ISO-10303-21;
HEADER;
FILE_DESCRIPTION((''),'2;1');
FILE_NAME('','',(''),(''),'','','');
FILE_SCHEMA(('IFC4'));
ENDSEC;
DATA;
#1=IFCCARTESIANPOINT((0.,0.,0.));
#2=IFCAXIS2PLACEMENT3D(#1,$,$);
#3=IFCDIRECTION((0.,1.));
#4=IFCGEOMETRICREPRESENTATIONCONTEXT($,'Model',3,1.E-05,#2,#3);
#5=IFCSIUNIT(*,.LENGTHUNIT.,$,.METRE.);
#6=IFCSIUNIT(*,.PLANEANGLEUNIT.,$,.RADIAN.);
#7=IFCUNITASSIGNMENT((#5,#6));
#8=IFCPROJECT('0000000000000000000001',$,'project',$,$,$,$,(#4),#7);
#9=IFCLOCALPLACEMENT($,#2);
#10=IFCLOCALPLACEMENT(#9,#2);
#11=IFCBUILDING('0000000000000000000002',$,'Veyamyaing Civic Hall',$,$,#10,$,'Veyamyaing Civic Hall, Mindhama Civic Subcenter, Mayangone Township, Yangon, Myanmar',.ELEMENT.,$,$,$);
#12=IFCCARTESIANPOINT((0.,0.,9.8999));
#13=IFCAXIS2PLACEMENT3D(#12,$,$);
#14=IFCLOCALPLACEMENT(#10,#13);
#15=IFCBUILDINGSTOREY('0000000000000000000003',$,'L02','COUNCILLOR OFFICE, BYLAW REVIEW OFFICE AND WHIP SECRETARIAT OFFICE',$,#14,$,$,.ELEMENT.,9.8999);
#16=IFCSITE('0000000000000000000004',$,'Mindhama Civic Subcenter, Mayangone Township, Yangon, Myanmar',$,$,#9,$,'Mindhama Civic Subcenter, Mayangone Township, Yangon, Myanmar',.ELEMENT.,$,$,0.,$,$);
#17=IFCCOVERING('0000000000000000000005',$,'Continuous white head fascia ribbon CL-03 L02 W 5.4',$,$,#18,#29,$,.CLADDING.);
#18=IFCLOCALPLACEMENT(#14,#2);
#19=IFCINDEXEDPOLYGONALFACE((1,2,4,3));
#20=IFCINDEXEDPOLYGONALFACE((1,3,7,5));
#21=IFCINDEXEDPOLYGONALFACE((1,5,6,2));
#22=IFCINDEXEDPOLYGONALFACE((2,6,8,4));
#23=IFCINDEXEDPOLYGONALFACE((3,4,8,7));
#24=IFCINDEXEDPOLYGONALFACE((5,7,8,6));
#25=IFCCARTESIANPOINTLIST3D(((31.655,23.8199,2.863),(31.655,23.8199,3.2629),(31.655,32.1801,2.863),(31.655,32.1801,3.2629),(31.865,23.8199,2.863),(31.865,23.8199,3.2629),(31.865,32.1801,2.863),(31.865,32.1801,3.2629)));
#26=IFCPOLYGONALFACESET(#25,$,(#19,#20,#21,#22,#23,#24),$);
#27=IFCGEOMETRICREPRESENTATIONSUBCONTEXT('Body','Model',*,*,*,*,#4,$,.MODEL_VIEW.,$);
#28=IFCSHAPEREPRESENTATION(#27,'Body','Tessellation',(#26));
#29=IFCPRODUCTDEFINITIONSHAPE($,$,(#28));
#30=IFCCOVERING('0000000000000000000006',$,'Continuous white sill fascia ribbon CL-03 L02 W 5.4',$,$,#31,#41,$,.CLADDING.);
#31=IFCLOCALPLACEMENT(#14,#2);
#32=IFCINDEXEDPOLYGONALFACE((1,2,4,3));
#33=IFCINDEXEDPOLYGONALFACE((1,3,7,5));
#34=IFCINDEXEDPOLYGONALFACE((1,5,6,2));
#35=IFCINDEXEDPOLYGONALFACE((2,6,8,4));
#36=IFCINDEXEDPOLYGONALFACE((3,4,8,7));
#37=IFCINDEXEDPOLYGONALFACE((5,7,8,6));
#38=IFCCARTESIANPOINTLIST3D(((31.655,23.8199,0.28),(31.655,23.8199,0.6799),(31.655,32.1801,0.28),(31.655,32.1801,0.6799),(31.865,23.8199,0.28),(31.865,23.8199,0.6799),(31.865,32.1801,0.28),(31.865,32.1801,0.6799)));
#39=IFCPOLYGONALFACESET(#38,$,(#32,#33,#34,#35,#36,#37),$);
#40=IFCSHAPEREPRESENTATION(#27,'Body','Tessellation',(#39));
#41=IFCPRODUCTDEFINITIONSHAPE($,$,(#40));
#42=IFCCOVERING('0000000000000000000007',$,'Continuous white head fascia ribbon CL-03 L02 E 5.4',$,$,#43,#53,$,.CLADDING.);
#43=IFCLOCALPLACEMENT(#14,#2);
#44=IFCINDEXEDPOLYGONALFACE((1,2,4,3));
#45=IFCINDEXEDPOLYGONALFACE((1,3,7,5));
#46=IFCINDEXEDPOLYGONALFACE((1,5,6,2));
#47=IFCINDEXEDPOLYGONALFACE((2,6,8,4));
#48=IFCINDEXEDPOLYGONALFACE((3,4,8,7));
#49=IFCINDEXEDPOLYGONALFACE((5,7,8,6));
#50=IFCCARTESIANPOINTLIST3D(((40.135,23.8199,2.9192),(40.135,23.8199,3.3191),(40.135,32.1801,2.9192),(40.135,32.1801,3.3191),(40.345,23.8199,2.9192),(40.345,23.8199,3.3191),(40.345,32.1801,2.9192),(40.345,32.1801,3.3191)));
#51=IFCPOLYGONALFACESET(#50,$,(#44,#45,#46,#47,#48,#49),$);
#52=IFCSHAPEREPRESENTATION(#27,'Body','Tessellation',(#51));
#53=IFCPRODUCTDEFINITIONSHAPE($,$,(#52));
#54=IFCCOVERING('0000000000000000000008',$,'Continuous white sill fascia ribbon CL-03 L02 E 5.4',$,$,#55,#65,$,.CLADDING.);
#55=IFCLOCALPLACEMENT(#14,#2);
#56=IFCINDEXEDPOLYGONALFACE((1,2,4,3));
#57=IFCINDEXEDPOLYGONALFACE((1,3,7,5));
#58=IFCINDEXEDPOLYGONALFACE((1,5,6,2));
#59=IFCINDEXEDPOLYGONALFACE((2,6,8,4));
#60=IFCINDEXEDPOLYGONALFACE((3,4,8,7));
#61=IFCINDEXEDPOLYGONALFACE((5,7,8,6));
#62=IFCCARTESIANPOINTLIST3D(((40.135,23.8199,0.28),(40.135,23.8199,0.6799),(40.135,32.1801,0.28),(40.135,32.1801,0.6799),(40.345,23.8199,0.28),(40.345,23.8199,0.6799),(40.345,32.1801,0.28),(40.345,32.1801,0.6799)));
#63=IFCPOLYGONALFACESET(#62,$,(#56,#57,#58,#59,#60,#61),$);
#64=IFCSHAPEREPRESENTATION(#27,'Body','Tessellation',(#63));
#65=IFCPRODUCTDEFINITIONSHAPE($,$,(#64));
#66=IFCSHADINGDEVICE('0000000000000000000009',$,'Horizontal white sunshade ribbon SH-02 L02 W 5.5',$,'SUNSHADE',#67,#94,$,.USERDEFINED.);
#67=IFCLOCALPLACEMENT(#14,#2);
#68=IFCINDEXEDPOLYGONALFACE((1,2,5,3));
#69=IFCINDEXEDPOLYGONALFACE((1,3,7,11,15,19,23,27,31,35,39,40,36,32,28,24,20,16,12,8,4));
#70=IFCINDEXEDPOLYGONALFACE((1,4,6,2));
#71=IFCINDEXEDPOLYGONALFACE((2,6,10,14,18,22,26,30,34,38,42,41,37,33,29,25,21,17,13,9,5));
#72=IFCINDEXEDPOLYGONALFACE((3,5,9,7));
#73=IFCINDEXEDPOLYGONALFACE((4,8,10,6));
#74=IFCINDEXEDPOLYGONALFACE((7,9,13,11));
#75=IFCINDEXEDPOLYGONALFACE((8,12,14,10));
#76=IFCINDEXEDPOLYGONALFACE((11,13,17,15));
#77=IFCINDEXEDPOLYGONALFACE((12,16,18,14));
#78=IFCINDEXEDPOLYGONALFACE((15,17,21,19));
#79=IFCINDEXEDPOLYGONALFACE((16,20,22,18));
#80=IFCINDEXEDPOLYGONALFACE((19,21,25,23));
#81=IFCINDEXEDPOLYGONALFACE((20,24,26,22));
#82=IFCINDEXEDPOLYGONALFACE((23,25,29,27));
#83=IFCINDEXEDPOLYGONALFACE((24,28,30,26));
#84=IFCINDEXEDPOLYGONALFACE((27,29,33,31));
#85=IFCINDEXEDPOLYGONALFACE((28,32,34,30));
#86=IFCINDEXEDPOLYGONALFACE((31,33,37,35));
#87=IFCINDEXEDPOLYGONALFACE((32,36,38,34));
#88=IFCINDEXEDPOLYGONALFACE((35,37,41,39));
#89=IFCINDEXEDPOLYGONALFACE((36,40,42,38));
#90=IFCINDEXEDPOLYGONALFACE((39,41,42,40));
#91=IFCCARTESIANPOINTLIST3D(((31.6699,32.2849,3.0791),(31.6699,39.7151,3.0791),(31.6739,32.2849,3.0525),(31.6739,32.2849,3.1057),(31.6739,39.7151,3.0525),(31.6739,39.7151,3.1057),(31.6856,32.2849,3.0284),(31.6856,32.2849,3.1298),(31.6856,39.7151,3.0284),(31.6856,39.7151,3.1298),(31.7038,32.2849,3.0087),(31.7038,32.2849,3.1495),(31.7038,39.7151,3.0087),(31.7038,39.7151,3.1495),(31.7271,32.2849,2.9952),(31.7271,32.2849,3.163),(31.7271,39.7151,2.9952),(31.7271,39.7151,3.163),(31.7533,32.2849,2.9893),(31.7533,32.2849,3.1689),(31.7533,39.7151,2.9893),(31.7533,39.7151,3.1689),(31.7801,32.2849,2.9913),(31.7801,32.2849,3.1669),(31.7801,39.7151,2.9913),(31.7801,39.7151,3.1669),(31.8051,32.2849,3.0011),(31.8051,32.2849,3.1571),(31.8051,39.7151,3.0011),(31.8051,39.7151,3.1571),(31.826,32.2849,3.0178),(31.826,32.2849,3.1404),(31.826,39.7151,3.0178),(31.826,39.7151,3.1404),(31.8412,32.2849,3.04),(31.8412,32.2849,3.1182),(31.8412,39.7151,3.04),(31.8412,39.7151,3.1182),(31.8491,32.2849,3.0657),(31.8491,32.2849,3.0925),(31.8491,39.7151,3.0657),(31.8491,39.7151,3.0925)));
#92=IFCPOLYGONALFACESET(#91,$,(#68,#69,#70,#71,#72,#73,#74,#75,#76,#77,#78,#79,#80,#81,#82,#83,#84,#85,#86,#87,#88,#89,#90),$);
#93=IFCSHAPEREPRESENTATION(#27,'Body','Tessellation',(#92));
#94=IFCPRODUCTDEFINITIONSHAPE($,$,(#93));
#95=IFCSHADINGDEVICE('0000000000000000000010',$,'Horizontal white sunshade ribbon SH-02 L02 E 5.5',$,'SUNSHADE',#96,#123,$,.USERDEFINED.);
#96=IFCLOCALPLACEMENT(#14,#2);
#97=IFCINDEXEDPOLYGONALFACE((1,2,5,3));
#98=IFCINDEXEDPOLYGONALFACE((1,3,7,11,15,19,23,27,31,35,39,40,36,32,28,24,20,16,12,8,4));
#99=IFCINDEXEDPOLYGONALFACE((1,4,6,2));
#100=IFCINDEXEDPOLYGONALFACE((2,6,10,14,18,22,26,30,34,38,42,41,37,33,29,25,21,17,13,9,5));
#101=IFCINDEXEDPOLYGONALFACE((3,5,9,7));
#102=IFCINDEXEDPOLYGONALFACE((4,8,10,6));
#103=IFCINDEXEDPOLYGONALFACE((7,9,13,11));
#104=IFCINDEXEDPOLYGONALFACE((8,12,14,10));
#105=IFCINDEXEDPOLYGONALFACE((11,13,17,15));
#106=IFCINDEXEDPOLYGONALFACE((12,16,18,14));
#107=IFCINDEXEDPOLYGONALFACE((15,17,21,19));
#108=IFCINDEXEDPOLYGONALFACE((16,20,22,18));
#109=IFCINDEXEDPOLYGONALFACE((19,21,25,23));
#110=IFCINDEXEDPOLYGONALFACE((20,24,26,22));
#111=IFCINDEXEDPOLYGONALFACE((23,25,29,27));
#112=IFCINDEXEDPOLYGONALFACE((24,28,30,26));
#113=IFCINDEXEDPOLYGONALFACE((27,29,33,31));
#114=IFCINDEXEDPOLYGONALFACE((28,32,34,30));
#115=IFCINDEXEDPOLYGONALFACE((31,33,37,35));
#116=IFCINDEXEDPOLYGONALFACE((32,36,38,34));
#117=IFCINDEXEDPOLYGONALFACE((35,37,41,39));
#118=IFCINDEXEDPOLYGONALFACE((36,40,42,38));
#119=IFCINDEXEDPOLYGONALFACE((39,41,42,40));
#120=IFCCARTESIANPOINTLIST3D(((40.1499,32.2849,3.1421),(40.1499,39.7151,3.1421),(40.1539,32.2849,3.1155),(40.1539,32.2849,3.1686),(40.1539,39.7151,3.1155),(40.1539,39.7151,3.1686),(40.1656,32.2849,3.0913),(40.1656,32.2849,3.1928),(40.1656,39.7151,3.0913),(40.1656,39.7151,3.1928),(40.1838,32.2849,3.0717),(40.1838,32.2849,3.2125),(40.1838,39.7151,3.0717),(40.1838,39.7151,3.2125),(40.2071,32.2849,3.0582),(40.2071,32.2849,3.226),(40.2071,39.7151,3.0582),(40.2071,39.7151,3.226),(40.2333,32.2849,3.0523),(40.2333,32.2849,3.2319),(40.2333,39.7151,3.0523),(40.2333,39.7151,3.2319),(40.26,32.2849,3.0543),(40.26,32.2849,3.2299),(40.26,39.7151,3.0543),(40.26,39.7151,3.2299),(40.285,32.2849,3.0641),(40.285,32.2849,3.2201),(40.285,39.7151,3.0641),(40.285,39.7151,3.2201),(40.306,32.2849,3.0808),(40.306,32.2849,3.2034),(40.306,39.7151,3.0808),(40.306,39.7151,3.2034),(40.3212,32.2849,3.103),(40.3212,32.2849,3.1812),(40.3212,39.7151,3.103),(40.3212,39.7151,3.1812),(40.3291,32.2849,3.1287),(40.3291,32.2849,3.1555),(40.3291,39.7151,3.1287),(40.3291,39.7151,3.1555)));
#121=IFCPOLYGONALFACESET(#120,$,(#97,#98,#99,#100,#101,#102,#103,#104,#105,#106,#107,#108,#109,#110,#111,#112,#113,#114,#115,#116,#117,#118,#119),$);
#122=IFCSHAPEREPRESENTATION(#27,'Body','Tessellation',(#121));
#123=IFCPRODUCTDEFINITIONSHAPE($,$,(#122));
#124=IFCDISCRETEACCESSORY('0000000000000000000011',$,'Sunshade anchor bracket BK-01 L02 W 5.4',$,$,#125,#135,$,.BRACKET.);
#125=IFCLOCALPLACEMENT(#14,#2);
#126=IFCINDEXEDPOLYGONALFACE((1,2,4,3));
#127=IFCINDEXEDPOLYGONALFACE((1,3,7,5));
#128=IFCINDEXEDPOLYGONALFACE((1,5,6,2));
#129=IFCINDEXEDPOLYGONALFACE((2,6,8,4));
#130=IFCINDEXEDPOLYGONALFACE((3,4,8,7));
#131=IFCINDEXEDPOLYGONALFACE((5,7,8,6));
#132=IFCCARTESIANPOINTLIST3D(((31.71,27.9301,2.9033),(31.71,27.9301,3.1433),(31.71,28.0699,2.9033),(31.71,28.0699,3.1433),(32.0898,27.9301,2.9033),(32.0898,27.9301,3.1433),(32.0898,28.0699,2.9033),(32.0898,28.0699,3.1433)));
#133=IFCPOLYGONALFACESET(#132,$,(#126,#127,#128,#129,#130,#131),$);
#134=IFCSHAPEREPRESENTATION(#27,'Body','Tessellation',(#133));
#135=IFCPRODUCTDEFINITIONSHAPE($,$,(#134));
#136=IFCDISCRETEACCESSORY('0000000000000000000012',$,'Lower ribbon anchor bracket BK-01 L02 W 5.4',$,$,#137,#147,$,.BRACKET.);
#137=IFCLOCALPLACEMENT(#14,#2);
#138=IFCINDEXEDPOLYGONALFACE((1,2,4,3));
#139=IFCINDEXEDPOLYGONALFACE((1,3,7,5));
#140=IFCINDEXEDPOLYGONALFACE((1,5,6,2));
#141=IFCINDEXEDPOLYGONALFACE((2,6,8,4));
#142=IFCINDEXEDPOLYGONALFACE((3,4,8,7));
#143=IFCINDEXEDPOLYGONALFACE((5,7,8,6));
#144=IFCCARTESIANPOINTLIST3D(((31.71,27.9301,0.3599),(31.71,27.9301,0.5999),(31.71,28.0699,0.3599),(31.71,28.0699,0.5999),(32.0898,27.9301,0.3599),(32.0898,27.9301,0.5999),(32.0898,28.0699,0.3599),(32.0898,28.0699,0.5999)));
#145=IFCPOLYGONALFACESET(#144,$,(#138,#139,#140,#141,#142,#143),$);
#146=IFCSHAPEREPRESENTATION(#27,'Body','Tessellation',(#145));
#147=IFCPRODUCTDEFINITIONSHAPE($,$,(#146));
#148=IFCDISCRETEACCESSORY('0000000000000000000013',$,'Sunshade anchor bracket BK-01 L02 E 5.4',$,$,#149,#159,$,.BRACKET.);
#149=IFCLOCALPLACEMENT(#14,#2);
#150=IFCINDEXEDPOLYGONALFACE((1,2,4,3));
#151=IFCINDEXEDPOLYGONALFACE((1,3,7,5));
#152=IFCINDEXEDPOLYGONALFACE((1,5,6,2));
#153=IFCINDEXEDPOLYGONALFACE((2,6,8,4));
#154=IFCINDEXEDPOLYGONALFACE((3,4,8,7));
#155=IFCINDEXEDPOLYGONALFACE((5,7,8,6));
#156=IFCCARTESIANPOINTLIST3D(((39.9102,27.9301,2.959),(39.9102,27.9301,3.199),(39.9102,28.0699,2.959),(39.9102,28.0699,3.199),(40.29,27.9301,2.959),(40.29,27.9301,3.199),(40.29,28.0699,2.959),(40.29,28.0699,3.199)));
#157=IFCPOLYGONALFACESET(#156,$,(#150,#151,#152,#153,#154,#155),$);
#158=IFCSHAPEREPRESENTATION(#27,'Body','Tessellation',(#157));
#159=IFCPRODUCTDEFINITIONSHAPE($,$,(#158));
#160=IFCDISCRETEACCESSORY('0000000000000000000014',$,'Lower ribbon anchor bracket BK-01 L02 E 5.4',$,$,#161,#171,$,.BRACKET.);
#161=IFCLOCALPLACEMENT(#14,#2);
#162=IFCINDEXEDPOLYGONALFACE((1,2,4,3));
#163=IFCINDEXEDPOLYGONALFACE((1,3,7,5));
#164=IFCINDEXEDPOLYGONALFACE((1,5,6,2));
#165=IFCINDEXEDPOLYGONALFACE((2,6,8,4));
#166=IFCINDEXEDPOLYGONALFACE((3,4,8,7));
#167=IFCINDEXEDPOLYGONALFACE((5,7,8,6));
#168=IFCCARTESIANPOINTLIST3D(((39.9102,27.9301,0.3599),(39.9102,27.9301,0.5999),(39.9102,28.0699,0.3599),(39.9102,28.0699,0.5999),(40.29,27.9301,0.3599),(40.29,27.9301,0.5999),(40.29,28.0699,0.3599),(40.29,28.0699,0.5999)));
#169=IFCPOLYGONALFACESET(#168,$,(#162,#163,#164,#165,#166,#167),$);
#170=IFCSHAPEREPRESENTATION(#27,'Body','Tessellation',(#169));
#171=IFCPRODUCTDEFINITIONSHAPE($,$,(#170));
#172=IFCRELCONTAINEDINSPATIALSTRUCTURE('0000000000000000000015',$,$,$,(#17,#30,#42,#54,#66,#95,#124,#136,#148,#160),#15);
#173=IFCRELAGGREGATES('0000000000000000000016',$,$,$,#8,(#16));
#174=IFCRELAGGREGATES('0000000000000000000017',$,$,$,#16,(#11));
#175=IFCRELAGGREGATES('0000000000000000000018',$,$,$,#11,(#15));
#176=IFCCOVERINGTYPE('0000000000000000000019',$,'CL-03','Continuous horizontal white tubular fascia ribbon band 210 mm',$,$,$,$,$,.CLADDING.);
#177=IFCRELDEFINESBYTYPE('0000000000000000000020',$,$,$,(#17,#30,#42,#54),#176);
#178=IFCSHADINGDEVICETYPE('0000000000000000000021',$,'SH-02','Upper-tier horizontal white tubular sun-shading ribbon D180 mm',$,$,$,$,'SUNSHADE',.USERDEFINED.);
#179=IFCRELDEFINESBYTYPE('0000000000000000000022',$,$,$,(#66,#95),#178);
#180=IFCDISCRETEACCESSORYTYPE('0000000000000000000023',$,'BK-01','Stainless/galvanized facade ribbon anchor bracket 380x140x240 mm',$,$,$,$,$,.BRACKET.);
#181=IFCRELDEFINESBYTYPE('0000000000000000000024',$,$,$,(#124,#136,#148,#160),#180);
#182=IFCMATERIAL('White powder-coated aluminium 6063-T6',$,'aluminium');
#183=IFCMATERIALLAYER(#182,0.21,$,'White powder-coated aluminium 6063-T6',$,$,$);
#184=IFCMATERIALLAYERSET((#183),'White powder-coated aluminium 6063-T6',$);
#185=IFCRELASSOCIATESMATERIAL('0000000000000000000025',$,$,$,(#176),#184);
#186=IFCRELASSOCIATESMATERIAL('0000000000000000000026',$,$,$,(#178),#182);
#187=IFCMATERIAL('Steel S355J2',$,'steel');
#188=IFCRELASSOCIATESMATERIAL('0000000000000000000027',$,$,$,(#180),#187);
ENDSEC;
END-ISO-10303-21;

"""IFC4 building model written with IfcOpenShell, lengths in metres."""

from ifc_helpers import new_model, si_unit, direction, frame, origin, origin_2d, place, context, subcontext, project, spatial, rectangle, circle, extrude, material, layer, layer_set, material_profile, profile_set, type_object, element, save


model = new_model("IFC4")

# Units and contexts
model_context = context("Model", 3, precision=1e-05, world=origin(), true_north=direction((0.0, 1.0)))
body_context = subcontext(model_context, "Body", "Model", "MODEL_VIEW")
ifc_project = project(units=[si_unit("LENGTHUNIT", "METRE"), si_unit("PLANEANGLEUNIT", "RADIAN")], contexts=[model_context])

# Site, building, storey
site_placement = place(None, origin())
site = spatial("IfcSite", under=ifc_project, at=site_placement, Name="Mindhama Civic Subcenter, Mayangone Township, Yangon, Myanmar", LongName="Mindhama Civic Subcenter, Mayangone Township, Yangon, Myanmar", CompositionType="ELEMENT", RefElevation=0.0)
building_placement = place(site_placement, origin())
building = spatial("IfcBuilding", under=site, at=building_placement, Name="Veyamyaing Civic Hall", LongName="Veyamyaing Civic Hall, Mindhama Civic Subcenter, Mayangone Township, Yangon, Myanmar", CompositionType="ELEMENT")
storey_placement = place(building_placement, frame((0.0, 0.0, 9.8999)))
storey = spatial("IfcBuildingStorey", under=building, at=storey_placement, Name="L02", Description="COUNCILLOR OFFICE, BYLAW REVIEW OFFICE AND WHIP SECRETARIAT OFFICE", CompositionType="ELEMENT", Elevation=9.8999)

# Coverings
ifc_material_1 = material(Name="White powder-coated aluminium 6063-T6", Category="aluminium")
ifc_layer_1 = layer(ifc_material_1, 0.21, Name="White powder-coated aluminium 6063-T6")
ifc_layer_set_1 = layer_set([ifc_layer_1], Name="White powder-coated aluminium 6063-T6")
covering_type_1 = type_object("IfcCoveringType", Name="CL-03", Description="Continuous horizontal white tubular fascia ribbon band 210 mm", PredefinedType="CLADDING", material=ifc_layer_set_1)
for number, where, z_axis, x_axis, name in (
    (1, (31.76, 28.0, 2.863), (0.0, 0.0, 1.0), (0.0, 1.0, 0.0), "Continuous white head fascia ribbon CL-03 L02 W 5.4"),
    (2, (31.76, 28.0, 0.28), (0.0, 0.0, 1.0), (0.0, 1.0, 0.0), "Continuous white sill fascia ribbon CL-03 L02 W 5.4"),
    (3, (40.24, 28.0, 2.9192), (0.0, 0.0, 1.0), (0.0, 1.0, 0.0), "Continuous white head fascia ribbon CL-03 L02 E 5.4"),
    (4, (40.24, 28.0, 0.28), (0.0, 0.0, 1.0), (0.0, 1.0, 0.0), "Continuous white sill fascia ribbon CL-03 L02 E 5.4"),
):
    element("IfcCovering", number, at=place(storey_placement, frame(where, z_axis=z_axis, x_axis=x_axis)), inside=storey, type_object=covering_type_1, Name=name, PredefinedType="CLADDING", context=body_context, shape_type="SweptSolid", body=[
        extrude(rectangle(XDim=8.3601, YDim=0.21, at=origin_2d()), origin(), (0.0, 0.0, 1.0), 0.3999),
    ])

# Shading devices
ifc_material_profile_1 = material_profile(ifc_material_1, circle(Radius=0.0901, at=origin_2d()), Name="SHADE-TUBE-180")
ifc_profile_set_1 = profile_set([ifc_material_profile_1], Name="White powder-coated aluminium 6063-T6")
shading_device_type = type_object("IfcShadingDeviceType", Name="SH-02", Description="Upper-tier horizontal white tubular sun-shading ribbon D180 mm", ElementType="SUNSHADE", PredefinedType="USERDEFINED", material=ifc_profile_set_1)
for number, where, z_axis, x_axis, name in (
    (5, (31.76, 32.2849, 3.0791), (0.0, 1.0, 0.0), (-1.0, 0.0, 0.0), "Horizontal white sunshade ribbon SH-02 L02 W 5.5"),
    (6, (40.24, 32.2849, 3.1421), (0.0, 1.0, 0.0), (-1.0, 0.0, 0.0), "Horizontal white sunshade ribbon SH-02 L02 E 5.5"),
):
    element("IfcShadingDevice", number, at=place(storey_placement, frame(where, z_axis=z_axis, x_axis=x_axis)), inside=storey, type_object=shading_device_type, Name=name, ObjectType="SUNSHADE", PredefinedType="USERDEFINED", context=body_context, shape_type="SweptSolid", body=[
        extrude(circle(Radius=0.0901, at=origin_2d()), origin(), (0.0, 0.0, 1.0), 7.4302),
    ])

# Discrete accessories
ifc_material_2 = material(Name="Steel S355J2", Category="steel")
discrete_accessory_type = type_object("IfcDiscreteAccessoryType", Name="BK-01", Description="Stainless/galvanized facade ribbon anchor bracket 380x140x240 mm", PredefinedType="BRACKET", material=ifc_material_2)
for number, where, z_axis, x_axis, name in (
    (7, (31.8999, 28.0, 2.9033), (0.0, 0.0, 1.0), (-1.0, 0.0, 0.0), "Sunshade anchor bracket BK-01 L02 W 5.4"),
    (8, (31.8999, 28.0, 0.3599), (0.0, 0.0, 1.0), (-1.0, 0.0, 0.0), "Lower ribbon anchor bracket BK-01 L02 W 5.4"),
    (9, (40.1001, 28.0, 2.959), (0.0, 0.0, 1.0), (1.0, 0.0, 0.0), "Sunshade anchor bracket BK-01 L02 E 5.4"),
    (10, (40.1001, 28.0, 0.3599), (0.0, 0.0, 1.0), (1.0, 0.0, 0.0), "Lower ribbon anchor bracket BK-01 L02 E 5.4"),
):
    element("IfcDiscreteAccessory", number, at=place(storey_placement, frame(where, z_axis=z_axis, x_axis=x_axis)), inside=storey, type_object=discrete_accessory_type, Name=name, PredefinedType="BRACKET", context=body_context, shape_type="SweptSolid", body=[
        extrude(rectangle(XDim=0.3799, YDim=0.1399, at=origin_2d()), origin(), (0.0, 0.0, 1.0), 0.24),
    ])

save(model, "model.ifc")
